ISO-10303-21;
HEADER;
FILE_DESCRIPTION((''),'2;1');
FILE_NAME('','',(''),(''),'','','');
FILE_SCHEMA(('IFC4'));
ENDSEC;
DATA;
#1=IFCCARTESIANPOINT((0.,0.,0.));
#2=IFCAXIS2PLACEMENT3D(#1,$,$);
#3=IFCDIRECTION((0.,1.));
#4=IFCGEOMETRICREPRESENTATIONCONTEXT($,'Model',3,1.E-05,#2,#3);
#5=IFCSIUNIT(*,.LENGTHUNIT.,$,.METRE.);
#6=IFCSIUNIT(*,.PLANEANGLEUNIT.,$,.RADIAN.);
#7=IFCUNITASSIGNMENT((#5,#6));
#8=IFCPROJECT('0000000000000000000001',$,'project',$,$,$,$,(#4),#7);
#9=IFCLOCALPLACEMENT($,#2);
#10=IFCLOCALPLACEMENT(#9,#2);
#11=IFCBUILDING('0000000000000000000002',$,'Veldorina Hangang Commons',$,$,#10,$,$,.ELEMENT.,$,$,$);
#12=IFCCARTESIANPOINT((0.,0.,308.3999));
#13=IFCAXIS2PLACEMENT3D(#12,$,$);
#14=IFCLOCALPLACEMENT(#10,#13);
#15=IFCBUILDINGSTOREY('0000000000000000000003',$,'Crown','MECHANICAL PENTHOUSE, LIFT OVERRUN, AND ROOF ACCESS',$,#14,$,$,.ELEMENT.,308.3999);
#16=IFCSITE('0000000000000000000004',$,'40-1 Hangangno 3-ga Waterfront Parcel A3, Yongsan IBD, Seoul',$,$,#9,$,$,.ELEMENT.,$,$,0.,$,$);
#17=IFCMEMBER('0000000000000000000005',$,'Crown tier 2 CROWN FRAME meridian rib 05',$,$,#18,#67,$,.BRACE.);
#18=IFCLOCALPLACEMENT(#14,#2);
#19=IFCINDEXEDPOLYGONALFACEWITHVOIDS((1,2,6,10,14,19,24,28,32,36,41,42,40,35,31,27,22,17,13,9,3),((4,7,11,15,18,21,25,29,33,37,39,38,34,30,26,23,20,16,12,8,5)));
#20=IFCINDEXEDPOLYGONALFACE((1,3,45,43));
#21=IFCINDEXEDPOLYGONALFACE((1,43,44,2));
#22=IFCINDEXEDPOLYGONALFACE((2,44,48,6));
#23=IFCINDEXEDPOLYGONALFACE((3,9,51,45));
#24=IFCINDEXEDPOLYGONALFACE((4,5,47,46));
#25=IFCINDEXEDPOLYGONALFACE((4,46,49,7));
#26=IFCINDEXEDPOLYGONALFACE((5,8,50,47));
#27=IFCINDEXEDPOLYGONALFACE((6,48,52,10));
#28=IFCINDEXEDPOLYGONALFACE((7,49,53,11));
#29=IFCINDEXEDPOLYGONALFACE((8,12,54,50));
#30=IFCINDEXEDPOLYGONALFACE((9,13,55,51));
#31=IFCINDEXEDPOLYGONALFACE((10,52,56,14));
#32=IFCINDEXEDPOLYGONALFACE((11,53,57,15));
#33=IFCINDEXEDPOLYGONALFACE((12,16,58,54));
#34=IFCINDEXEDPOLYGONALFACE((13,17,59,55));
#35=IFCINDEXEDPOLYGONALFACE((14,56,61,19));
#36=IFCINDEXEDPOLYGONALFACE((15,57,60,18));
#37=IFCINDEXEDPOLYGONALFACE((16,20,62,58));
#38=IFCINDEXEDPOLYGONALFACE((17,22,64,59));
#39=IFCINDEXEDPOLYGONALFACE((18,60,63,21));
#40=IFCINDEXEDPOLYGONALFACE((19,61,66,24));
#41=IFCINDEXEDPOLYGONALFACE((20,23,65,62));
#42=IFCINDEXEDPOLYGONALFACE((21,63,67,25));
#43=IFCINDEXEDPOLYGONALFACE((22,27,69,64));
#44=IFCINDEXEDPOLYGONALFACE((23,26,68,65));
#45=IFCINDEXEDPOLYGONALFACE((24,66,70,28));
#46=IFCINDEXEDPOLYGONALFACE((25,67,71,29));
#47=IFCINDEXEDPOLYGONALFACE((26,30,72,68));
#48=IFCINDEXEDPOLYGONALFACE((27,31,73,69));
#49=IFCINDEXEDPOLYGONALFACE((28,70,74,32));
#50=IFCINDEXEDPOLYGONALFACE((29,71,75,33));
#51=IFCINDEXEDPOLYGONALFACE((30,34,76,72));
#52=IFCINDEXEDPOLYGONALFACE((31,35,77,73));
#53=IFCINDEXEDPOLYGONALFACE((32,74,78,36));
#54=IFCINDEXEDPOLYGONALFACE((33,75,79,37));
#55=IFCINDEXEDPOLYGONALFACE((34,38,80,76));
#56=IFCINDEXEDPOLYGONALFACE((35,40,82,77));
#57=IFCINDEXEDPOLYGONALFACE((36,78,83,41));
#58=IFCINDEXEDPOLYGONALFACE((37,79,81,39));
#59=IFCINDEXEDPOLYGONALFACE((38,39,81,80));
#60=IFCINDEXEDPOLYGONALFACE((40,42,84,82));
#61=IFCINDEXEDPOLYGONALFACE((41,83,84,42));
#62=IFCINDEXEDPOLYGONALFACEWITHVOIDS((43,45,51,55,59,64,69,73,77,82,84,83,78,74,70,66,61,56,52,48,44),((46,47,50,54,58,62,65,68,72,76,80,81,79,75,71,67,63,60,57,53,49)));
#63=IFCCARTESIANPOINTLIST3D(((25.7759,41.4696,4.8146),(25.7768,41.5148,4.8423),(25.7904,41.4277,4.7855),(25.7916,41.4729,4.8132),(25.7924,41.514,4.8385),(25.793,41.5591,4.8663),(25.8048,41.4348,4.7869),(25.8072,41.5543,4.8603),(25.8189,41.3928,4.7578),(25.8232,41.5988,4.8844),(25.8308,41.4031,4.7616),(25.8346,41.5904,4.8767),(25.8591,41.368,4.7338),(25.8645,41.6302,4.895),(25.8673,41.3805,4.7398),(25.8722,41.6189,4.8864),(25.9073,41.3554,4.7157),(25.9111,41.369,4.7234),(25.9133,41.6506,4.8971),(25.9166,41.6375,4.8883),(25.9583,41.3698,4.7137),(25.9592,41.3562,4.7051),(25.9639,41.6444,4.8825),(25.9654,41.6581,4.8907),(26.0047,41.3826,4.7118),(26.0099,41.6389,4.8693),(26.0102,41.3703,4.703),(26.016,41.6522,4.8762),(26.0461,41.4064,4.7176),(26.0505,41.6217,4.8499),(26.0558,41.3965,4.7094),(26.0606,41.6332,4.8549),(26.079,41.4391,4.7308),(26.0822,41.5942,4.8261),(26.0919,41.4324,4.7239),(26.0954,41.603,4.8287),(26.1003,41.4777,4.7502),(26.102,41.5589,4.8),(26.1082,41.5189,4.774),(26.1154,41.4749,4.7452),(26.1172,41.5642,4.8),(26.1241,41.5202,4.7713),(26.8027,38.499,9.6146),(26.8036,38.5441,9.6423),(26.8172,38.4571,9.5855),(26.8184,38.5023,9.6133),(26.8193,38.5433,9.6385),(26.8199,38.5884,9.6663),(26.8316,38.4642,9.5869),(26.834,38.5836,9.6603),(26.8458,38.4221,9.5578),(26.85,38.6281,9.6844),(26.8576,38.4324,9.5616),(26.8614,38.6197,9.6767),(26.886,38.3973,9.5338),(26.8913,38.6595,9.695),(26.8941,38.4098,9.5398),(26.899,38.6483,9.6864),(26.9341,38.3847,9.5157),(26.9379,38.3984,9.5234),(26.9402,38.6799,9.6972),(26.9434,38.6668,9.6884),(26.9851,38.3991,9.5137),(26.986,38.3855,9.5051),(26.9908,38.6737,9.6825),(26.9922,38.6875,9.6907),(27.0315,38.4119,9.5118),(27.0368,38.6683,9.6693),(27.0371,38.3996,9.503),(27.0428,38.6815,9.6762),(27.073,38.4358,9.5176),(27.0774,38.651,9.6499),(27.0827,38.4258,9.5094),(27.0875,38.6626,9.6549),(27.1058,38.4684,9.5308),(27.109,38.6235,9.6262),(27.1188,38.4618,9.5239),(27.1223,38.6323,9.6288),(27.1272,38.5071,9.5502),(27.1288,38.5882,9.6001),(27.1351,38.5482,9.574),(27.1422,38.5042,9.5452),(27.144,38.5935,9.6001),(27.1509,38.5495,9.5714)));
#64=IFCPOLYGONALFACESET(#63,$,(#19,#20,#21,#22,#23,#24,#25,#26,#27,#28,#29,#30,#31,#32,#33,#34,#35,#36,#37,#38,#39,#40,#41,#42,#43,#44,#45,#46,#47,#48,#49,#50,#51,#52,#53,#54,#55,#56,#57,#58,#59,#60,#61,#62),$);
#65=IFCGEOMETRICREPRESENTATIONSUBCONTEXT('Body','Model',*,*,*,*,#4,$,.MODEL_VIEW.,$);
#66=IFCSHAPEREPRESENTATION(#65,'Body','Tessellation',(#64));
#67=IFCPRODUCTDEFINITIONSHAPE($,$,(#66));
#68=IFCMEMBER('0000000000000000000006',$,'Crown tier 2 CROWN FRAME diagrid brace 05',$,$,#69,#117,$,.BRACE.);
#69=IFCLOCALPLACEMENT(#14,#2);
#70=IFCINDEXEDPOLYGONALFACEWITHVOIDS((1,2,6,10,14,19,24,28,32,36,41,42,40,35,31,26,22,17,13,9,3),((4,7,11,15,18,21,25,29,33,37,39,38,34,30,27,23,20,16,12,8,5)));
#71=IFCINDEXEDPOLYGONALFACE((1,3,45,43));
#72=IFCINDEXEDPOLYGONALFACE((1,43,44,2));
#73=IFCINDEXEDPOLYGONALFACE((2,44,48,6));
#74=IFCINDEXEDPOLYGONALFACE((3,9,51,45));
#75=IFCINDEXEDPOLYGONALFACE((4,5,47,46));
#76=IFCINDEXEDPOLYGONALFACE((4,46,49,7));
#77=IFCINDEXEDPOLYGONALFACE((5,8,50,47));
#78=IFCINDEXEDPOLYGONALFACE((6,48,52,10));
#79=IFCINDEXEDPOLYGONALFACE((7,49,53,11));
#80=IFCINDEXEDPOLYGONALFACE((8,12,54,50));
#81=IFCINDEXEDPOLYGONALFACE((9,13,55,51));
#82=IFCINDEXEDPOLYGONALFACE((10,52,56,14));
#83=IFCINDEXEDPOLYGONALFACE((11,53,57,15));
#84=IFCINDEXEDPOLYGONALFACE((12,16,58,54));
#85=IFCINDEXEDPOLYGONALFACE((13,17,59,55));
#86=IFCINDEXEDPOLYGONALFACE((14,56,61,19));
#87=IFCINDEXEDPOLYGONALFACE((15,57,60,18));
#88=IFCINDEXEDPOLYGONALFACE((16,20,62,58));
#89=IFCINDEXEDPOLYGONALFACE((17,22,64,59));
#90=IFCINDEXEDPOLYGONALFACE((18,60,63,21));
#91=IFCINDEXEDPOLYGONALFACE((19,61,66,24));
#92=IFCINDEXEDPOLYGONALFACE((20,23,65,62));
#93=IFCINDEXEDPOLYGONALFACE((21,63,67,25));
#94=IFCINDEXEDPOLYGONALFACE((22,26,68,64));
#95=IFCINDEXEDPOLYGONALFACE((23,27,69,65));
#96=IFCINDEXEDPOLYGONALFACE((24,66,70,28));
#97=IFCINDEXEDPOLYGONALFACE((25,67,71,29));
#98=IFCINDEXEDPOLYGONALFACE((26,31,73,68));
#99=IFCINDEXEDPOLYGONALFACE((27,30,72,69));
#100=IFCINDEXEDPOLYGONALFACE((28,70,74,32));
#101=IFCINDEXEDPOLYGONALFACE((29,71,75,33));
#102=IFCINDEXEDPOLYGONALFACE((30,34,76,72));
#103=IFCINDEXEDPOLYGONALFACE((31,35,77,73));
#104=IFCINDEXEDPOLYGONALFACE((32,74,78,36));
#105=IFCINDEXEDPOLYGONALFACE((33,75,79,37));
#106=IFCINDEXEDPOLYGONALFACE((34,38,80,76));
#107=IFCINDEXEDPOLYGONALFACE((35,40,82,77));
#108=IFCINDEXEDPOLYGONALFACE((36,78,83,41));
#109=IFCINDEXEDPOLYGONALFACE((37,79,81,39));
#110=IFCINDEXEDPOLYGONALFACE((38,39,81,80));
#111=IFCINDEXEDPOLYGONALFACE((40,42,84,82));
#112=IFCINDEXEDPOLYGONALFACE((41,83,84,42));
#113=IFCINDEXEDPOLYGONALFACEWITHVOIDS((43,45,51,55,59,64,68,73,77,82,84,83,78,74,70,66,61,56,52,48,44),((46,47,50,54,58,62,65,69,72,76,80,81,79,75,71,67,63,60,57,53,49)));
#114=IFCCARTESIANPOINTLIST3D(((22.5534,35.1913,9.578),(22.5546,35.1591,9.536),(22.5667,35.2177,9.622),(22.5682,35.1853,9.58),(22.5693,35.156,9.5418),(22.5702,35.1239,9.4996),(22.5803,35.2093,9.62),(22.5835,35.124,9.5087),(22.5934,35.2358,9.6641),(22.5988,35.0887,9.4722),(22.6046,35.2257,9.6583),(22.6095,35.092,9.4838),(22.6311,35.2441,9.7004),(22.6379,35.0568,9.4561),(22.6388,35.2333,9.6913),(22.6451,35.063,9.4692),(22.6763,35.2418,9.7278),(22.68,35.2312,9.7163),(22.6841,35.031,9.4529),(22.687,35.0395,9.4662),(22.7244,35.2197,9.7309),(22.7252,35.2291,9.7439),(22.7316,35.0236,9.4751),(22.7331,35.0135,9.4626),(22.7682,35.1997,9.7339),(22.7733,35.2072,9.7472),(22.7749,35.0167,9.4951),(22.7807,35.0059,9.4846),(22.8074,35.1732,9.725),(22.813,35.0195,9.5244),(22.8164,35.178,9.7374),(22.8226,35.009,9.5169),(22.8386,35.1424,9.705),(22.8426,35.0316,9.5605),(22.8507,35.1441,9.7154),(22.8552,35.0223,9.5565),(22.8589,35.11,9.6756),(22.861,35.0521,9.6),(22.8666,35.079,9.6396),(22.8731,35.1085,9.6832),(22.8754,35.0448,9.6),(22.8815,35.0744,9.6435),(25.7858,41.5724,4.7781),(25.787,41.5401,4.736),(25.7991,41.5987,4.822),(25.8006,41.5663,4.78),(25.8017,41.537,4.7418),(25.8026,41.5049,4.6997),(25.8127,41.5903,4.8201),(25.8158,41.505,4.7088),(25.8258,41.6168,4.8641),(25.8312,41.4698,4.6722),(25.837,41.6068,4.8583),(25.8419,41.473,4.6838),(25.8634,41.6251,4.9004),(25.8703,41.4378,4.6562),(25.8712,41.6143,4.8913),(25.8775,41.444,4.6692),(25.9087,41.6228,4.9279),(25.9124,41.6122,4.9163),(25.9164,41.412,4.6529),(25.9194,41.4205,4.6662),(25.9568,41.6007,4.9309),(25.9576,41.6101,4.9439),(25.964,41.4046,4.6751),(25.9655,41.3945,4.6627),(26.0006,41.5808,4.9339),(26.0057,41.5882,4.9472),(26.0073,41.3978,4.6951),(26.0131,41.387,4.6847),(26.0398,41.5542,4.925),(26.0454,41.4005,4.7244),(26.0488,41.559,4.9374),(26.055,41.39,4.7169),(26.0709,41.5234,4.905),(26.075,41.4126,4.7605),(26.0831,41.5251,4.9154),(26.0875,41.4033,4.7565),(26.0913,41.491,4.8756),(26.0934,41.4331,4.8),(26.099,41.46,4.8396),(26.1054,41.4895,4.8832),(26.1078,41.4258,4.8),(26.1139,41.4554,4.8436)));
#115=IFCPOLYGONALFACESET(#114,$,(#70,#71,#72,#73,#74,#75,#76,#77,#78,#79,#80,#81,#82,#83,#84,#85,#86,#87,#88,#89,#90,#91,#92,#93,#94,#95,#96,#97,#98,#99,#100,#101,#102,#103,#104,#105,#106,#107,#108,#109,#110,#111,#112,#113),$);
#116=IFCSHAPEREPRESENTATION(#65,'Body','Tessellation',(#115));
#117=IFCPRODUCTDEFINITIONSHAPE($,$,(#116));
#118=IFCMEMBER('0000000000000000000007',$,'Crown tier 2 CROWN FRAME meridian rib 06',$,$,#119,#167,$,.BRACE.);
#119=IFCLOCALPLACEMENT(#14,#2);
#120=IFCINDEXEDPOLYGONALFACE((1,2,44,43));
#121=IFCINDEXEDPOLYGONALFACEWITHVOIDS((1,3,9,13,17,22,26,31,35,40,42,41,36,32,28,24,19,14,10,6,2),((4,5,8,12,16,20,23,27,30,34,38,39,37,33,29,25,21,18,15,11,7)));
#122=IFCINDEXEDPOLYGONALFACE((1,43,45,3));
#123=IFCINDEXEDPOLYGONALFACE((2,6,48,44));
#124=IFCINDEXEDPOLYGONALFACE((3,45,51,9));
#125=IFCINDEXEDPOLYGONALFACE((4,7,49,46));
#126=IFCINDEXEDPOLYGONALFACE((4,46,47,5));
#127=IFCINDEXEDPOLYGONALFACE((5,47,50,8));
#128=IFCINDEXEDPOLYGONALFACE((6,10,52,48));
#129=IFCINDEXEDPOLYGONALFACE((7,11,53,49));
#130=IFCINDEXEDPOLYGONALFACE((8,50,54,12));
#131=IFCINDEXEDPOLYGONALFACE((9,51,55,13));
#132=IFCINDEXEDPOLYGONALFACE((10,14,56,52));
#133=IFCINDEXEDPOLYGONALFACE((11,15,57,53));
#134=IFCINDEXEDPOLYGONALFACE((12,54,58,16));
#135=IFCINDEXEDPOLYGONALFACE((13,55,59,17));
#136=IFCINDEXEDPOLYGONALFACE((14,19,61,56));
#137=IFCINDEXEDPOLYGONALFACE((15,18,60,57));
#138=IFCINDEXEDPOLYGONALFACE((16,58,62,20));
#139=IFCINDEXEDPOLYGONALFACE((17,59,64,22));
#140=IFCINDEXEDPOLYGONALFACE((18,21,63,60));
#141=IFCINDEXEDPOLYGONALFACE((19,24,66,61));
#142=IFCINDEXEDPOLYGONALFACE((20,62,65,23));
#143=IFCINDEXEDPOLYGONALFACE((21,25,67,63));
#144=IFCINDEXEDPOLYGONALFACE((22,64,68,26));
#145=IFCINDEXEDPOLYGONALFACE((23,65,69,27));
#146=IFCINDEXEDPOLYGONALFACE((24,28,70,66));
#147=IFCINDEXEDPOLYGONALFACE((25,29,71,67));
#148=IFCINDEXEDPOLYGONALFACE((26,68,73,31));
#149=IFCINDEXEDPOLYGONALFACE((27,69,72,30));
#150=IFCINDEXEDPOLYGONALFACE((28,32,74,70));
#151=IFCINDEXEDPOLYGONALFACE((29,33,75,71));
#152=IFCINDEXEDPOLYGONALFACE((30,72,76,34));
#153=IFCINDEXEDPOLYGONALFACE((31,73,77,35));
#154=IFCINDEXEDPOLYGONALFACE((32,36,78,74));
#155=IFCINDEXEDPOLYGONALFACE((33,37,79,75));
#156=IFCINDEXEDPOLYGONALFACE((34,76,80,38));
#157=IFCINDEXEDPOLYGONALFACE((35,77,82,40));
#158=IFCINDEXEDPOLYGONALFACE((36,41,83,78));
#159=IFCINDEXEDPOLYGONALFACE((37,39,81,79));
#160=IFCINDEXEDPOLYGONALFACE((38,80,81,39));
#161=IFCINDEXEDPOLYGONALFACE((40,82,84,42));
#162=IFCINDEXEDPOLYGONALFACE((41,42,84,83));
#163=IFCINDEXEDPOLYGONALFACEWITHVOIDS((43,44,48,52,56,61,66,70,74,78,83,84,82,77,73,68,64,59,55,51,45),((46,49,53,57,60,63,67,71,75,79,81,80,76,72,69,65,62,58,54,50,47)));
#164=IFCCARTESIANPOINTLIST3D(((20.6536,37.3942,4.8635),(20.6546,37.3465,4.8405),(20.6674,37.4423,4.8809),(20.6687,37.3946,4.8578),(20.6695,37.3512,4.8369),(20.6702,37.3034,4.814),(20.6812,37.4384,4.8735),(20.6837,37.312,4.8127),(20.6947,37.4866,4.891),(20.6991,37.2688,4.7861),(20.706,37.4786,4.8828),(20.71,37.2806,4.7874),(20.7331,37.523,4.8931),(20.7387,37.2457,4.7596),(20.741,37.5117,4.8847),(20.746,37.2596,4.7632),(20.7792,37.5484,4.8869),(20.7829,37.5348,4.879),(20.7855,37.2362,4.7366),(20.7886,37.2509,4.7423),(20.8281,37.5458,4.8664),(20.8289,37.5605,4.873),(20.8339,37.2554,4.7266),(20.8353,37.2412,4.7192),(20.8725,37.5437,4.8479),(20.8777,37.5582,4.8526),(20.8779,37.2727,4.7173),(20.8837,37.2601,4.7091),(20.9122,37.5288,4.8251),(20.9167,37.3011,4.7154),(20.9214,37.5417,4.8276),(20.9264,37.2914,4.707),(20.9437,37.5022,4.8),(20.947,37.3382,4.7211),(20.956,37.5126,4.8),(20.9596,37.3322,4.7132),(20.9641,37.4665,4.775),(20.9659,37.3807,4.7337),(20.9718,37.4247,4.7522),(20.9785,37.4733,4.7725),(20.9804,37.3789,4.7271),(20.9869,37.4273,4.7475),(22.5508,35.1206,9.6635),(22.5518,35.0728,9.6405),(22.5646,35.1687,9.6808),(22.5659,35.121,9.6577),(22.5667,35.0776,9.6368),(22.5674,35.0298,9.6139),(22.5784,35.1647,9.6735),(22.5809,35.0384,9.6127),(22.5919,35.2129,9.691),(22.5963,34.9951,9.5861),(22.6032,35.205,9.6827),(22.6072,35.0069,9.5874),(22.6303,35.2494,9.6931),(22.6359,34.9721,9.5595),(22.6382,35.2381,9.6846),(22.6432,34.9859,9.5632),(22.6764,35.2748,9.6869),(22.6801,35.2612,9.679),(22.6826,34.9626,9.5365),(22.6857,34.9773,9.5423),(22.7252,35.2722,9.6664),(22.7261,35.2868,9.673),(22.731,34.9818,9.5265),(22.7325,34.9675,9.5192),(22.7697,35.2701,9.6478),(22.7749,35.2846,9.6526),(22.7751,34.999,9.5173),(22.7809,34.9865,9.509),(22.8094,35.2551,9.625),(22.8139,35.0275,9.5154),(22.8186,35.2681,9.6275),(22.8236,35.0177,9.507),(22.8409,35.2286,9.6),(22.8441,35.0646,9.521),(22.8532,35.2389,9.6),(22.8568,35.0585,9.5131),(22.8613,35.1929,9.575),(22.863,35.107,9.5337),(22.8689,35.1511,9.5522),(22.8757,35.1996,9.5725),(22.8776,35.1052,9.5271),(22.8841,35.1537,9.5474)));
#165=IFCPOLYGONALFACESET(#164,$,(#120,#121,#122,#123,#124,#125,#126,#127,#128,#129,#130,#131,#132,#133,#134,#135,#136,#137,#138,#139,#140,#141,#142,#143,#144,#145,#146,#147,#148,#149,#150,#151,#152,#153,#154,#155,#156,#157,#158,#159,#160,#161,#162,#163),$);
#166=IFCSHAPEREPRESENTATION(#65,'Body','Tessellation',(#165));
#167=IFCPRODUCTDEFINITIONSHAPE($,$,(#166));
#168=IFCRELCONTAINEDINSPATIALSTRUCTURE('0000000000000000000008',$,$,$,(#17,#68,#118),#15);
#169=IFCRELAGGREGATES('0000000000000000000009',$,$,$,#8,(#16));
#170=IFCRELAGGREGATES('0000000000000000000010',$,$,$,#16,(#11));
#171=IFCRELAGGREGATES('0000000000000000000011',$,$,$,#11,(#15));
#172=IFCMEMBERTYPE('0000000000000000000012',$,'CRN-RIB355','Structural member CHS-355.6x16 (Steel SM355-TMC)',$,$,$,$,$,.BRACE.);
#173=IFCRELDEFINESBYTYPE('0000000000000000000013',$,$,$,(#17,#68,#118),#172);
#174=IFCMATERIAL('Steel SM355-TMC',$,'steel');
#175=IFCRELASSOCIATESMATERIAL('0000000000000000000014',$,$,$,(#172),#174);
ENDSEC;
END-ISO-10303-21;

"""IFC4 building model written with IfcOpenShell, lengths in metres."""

from ifc_helpers import new_model, si_unit, direction, frame, origin, origin_2d, place, context, subcontext, project, spatial, hollow_circle, extrude, material, material_profile, profile_set, type_object, element, save


model = new_model("IFC4")

# Units and contexts
model_context = context("Model", 3, precision=1e-05, world=origin(), true_north=direction((0.0, 1.0)))
body_context = subcontext(model_context, "Body", "Model", "MODEL_VIEW")
ifc_project = project(units=[si_unit("LENGTHUNIT", "METRE"), si_unit("PLANEANGLEUNIT", "RADIAN")], contexts=[model_context])

# Site, building, storey
site_placement = place(None, origin())
site = spatial("IfcSite", under=ifc_project, at=site_placement, Name="40-1 Hangangno 3-ga Waterfront Parcel A3, Yongsan IBD, Seoul", CompositionType="ELEMENT", RefElevation=0.0)
building_placement = place(site_placement, origin())
building = spatial("IfcBuilding", under=site, at=building_placement, Name="Veldorina Hangang Commons", CompositionType="ELEMENT")
storey_placement = place(building_placement, frame((0.0, 0.0, 308.3999)))
storey = spatial("IfcBuildingStorey", under=building, at=storey_placement, Name="Crown", Description="MECHANICAL PENTHOUSE, LIFT OVERRUN, AND ROOF ACCESS", CompositionType="ELEMENT", Elevation=308.3999)

# Members
ifc_material_1 = material(Name="Steel SM355-TMC", Category="steel")
ifc_material_profile_1 = material_profile(ifc_material_1, hollow_circle(Radius=0.1777, WallThickness=0.0161, at=origin_2d()), Name="CHS-355.6x16")
ifc_profile_set_1 = profile_set([ifc_material_profile_1], Name="Steel SM355-TMC")
member_type_1 = type_object("IfcMemberType", Name="CRN-RIB355", Description="Structural member CHS-355.6x16 (Steel SM355-TMC)", PredefinedType="BRACE", material=ifc_profile_set_1)
member_1_placement = place(storey_placement, frame((25.9492, 41.5061, 4.8), z_axis=(0.17897, -0.517761, 0.836596), x_axis=(0.94513, 0.326694, 0.0)))
element("IfcMember", 1, at=member_1_placement, inside=storey, type_object=member_type_1, Name="Crown tier 2 CROWN FRAME meridian rib 05", PredefinedType="BRACE", context=body_context, shape_type="SweptSolid", body=[
    extrude(hollow_circle(Radius=0.1777, WallThickness=0.0161, at=origin_2d()), origin(), (0.0, 0.0, 1.0), 5.7375),
])
member_2_placement = place(storey_placement, frame((25.9492, 41.5061, 4.8), z_axis=(-0.375236, -0.74075, 0.557214), x_axis=(0.892074, -0.45189, 0.0)))
element("IfcMember", 2, at=member_2_placement, inside=storey, type_object=member_type_1, Name="Crown tier 2 CROWN FRAME diagrid brace 05", PredefinedType="BRACE", context=body_context, shape_type="SweptSolid", body=[
    extrude(hollow_circle(Radius=0.1777, WallThickness=0.0161, at=origin_2d()), origin(), (0.0, 0.0, 1.0), 8.6143),
])
member_3_placement = place(storey_placement, frame((20.8196, 37.3987, 4.8), z_axis=(0.336386, -0.403135, 0.851073), x_axis=(0.767809, 0.640679, 0.0)))
element("IfcMember", 3, at=member_3_placement, inside=storey, type_object=member_type_1, Name="Crown tier 2 CROWN FRAME meridian rib 06", PredefinedType="BRACE", context=body_context, shape_type="SweptSolid", body=[
    extrude(hollow_circle(Radius=0.1777, WallThickness=0.0161, at=origin_2d()), origin(), (0.0, 0.0, 1.0), 5.6399),
])

save(model, "model.ifc")
